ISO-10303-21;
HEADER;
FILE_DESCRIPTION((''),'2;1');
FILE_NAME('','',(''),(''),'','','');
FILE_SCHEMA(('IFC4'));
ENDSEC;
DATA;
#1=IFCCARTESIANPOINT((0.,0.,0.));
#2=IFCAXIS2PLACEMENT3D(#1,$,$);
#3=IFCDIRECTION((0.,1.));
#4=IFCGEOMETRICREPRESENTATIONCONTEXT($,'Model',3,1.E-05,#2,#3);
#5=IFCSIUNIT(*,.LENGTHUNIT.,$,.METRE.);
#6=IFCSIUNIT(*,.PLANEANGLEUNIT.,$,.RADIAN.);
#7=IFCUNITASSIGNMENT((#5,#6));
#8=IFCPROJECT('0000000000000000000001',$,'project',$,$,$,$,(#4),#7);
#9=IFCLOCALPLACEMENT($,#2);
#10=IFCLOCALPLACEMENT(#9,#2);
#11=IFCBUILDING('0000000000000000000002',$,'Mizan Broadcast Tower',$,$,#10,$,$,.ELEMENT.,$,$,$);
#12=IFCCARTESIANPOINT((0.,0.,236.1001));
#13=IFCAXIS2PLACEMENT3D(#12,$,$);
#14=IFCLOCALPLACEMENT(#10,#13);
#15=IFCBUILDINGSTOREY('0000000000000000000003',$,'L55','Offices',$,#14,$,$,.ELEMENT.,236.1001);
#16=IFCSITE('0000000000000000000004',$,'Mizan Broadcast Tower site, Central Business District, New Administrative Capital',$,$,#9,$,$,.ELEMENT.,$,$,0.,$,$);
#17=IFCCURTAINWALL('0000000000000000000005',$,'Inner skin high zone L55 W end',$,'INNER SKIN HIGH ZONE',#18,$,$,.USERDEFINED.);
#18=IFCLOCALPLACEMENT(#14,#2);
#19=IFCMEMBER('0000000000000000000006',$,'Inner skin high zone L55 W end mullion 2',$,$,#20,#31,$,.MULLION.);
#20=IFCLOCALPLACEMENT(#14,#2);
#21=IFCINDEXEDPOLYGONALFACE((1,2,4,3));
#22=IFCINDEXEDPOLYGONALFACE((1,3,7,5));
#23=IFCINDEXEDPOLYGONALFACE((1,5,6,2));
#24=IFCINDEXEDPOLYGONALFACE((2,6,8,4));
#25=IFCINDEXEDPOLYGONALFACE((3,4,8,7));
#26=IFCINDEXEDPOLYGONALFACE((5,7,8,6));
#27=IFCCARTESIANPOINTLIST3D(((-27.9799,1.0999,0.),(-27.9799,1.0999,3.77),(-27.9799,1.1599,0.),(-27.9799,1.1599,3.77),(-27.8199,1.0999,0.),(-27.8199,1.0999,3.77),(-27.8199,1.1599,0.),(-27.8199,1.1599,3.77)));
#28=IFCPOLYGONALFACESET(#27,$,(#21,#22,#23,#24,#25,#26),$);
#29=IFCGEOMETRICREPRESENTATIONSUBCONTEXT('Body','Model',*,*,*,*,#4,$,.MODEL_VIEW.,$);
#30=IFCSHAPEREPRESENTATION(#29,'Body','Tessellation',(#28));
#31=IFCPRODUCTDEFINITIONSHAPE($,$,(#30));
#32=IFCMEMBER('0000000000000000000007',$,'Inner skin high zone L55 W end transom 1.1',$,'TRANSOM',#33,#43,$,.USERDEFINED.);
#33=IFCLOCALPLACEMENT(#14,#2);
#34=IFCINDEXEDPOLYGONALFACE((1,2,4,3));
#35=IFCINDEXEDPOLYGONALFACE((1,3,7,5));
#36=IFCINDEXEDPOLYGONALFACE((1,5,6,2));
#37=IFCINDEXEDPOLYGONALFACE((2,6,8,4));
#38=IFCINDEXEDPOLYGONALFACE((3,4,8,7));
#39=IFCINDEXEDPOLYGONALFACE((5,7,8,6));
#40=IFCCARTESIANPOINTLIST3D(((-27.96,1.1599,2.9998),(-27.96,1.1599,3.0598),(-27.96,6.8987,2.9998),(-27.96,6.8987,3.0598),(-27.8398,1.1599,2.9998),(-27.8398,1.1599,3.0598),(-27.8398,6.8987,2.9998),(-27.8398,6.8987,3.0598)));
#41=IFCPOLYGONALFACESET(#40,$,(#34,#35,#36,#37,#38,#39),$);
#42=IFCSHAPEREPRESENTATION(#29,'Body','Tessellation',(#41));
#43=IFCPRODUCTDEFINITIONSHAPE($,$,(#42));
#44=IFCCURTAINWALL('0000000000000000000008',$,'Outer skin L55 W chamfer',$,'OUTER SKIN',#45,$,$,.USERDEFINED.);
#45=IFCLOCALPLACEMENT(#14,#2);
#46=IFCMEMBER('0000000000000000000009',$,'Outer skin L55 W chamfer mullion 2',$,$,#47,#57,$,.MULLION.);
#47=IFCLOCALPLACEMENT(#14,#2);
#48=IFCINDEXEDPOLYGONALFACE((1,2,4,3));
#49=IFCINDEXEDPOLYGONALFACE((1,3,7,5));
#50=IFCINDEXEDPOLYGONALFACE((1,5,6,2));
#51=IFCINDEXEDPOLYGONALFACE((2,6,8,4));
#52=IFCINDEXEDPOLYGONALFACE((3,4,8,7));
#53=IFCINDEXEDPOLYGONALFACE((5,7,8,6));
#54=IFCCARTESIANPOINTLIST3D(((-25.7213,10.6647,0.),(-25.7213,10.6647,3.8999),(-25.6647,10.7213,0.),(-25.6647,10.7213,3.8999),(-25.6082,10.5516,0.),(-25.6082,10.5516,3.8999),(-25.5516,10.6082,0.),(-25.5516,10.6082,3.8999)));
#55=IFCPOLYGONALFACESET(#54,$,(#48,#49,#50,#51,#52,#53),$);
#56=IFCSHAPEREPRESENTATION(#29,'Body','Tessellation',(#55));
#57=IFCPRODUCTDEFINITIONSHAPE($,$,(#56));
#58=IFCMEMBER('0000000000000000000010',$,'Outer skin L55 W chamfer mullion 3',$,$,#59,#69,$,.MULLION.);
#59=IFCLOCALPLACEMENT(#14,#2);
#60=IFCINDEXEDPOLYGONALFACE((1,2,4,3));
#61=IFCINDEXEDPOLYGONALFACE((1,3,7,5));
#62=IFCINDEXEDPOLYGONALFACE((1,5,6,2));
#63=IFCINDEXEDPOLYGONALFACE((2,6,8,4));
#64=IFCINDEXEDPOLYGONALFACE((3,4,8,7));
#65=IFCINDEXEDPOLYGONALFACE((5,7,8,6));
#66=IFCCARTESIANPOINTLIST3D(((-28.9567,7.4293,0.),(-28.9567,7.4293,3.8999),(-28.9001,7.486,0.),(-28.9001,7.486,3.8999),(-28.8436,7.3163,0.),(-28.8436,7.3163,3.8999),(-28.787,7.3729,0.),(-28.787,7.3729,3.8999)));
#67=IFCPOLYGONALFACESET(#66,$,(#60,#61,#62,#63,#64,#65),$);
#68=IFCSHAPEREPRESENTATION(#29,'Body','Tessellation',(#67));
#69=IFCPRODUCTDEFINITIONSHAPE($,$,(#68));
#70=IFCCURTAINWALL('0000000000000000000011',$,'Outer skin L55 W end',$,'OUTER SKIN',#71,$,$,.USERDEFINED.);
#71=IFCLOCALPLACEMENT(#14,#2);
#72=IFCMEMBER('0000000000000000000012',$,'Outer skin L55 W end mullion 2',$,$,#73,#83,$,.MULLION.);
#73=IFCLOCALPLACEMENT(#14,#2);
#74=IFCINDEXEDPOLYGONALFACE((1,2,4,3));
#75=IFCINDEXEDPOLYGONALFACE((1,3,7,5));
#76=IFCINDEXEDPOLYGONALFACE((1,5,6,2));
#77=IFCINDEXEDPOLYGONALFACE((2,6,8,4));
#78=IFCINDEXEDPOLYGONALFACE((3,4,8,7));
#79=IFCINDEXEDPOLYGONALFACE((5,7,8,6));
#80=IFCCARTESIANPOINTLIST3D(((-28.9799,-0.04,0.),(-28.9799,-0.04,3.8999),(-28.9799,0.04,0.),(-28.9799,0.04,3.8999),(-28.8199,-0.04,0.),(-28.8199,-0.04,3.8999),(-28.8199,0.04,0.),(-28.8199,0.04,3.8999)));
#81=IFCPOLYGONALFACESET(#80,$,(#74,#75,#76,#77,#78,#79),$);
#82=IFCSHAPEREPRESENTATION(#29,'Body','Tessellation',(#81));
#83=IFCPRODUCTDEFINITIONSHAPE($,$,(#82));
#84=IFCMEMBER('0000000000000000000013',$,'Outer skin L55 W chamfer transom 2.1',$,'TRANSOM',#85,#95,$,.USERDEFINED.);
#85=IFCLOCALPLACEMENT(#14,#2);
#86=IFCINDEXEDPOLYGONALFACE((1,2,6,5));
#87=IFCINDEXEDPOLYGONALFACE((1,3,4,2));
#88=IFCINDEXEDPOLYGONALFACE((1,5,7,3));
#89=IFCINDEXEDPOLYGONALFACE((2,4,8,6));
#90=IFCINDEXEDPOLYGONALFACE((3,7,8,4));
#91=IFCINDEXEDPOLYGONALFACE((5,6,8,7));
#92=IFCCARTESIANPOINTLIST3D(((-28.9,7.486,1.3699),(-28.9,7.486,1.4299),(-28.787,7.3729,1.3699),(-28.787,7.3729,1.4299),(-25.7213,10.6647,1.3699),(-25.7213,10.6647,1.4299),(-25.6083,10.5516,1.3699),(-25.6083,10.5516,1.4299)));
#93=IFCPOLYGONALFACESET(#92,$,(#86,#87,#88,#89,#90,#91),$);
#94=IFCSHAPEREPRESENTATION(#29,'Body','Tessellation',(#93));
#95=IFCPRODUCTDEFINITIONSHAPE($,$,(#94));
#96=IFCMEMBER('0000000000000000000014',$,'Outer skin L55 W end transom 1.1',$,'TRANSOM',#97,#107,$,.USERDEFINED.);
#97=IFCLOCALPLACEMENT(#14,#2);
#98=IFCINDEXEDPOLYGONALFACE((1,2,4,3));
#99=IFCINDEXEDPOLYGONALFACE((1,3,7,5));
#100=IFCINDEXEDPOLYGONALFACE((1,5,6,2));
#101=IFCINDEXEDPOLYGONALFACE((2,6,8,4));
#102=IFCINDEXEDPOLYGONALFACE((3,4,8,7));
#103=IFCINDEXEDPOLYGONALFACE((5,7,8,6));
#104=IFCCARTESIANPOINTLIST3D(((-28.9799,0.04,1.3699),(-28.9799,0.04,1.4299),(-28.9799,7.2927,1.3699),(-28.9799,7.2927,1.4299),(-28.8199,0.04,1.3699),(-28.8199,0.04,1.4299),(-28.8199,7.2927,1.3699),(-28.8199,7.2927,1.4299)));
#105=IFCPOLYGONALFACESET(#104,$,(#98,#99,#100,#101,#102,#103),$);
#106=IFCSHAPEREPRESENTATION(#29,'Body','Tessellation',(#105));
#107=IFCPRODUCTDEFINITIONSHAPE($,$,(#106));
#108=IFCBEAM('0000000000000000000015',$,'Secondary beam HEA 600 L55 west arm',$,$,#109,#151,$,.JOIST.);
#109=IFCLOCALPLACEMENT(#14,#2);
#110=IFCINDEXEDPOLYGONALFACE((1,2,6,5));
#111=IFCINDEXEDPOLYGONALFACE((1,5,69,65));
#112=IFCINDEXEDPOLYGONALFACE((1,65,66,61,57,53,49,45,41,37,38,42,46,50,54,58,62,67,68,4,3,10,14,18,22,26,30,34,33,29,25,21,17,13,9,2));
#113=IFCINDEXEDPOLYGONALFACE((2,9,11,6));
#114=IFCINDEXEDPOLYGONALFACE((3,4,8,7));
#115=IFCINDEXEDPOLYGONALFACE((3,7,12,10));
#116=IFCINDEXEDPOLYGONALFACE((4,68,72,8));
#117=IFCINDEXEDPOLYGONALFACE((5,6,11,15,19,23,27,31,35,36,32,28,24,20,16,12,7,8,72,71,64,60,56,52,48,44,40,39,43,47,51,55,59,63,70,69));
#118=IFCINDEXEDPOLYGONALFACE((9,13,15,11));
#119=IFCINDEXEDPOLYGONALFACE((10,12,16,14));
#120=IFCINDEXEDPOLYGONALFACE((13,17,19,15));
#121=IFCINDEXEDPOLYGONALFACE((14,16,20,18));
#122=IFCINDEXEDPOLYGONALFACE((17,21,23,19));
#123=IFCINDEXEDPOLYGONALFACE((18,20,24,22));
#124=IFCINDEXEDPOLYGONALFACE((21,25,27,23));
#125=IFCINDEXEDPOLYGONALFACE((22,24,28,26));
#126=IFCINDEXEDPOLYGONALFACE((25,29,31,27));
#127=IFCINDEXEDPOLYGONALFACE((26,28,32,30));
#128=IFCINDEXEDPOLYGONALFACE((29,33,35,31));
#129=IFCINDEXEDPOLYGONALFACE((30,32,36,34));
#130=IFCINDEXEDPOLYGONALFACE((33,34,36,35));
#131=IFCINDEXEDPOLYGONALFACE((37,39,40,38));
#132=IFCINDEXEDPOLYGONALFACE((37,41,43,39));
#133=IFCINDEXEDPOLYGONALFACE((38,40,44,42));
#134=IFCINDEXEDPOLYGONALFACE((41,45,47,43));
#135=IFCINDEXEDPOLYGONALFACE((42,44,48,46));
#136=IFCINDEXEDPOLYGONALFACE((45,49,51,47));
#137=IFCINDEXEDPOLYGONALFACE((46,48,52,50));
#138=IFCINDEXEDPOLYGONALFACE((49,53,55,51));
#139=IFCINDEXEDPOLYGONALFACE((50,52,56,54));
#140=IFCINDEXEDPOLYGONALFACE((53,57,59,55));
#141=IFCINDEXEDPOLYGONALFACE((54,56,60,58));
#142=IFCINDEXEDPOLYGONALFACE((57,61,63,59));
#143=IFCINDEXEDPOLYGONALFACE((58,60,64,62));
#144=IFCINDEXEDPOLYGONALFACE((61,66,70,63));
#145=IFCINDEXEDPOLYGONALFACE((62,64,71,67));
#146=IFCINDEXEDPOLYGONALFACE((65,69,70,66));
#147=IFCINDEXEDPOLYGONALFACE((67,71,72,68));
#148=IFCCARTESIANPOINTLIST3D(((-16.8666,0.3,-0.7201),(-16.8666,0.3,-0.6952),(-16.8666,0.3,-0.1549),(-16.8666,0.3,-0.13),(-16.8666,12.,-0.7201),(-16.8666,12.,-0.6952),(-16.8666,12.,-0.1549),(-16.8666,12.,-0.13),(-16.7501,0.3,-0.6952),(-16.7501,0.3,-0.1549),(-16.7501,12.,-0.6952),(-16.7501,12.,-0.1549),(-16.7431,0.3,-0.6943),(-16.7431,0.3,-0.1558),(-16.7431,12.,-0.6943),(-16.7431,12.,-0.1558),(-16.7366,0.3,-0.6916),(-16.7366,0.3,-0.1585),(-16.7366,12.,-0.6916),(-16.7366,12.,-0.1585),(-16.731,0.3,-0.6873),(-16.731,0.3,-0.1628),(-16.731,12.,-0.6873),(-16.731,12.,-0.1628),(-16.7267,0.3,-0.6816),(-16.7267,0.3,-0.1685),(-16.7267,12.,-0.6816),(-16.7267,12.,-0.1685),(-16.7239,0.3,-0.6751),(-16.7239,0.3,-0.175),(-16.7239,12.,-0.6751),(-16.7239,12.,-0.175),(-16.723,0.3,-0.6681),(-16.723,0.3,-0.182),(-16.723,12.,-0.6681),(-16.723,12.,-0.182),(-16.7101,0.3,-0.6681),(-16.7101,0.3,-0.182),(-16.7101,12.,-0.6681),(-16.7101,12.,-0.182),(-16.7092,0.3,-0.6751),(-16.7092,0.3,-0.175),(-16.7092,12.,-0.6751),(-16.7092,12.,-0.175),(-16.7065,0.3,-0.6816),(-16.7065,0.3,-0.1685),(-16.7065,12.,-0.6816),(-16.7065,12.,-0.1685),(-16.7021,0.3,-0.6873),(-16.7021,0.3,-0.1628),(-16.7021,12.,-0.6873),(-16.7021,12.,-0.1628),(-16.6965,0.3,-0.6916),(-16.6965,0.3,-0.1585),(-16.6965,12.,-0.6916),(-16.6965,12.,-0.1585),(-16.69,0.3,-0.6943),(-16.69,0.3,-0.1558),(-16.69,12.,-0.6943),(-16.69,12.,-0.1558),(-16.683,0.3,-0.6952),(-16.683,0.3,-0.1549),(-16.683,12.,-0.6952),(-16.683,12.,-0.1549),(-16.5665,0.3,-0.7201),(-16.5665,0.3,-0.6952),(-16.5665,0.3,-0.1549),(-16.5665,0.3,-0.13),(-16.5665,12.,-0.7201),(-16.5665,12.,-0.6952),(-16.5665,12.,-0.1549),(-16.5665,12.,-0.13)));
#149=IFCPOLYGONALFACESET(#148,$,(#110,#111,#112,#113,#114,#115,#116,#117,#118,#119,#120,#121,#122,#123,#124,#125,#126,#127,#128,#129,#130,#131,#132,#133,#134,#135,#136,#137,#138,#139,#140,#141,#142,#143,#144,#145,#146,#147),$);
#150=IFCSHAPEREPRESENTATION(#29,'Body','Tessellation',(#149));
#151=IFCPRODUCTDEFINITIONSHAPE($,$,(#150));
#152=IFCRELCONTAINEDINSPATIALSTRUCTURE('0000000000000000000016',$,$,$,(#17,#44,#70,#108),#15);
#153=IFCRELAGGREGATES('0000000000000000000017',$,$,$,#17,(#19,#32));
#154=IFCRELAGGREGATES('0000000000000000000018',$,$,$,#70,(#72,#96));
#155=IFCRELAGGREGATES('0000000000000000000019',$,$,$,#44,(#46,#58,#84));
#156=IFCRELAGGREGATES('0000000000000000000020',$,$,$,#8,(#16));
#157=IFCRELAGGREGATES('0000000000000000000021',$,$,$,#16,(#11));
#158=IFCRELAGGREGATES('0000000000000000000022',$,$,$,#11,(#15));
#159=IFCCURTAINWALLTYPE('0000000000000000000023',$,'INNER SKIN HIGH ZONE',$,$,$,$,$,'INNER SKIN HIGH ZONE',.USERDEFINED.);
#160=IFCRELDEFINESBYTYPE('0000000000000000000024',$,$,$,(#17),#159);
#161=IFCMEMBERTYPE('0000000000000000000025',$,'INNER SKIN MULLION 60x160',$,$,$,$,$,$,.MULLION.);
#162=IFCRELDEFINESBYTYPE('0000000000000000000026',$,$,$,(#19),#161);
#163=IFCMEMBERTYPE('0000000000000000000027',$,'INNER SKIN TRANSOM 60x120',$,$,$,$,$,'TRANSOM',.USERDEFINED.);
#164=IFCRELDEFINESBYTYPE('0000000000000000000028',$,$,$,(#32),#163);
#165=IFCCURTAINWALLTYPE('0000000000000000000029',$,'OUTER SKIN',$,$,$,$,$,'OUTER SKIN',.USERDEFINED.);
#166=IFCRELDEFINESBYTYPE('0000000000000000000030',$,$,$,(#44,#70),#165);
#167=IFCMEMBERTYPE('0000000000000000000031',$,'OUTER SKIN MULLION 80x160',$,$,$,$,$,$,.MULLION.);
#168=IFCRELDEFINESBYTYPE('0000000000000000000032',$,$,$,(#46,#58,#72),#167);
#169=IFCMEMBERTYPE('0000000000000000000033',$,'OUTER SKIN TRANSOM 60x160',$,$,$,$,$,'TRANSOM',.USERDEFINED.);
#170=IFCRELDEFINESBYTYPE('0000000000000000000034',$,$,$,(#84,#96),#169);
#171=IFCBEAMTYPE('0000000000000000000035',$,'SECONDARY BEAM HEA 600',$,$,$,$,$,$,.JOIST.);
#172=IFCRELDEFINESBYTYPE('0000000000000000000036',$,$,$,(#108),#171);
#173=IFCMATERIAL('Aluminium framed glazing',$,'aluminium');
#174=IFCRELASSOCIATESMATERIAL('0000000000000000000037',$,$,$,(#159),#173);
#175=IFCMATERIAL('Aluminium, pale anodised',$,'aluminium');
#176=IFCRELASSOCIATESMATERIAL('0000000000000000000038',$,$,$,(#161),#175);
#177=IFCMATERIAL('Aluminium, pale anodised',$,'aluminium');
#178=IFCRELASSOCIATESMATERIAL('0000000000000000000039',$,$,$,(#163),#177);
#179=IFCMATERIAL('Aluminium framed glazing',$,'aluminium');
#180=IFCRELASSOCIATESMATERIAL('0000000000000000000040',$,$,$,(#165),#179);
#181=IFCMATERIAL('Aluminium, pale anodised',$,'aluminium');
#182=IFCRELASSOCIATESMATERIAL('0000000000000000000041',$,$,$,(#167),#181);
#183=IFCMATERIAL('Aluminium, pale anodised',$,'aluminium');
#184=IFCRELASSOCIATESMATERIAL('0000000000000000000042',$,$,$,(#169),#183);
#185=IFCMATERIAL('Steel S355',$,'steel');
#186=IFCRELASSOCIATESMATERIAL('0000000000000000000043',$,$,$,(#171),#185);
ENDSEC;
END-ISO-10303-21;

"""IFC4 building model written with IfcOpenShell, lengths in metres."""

from ifc_helpers import new_model, si_unit, direction, frame, origin, origin_2d, place, context, subcontext, project, spatial, rectangle, i_section, extrude, material, material_profile, profile_set, type_object, element, aggregate, save


model = new_model("IFC4")

# Units and contexts
model_context = context("Model", 3, precision=1e-05, world=origin(), true_north=direction((0.0, 1.0)))
body_context = subcontext(model_context, "Body", "Model", "MODEL_VIEW")
ifc_project = project(units=[si_unit("LENGTHUNIT", "METRE"), si_unit("PLANEANGLEUNIT", "RADIAN")], contexts=[model_context])

# Site, building, storey
site_placement = place(None, origin())
site = spatial("IfcSite", under=ifc_project, at=site_placement, Name="Mizan Broadcast Tower site, Central Business District, New Administrative Capital", CompositionType="ELEMENT", RefElevation=0.0)
building_placement = place(site_placement, origin())
building = spatial("IfcBuilding", under=site, at=building_placement, Name="Mizan Broadcast Tower", CompositionType="ELEMENT")
storey_placement = place(building_placement, frame((0.0, 0.0, 236.1001)))
storey = spatial("IfcBuildingStorey", under=building, at=storey_placement, Name="L55", Description="Offices", CompositionType="ELEMENT", Elevation=236.1001)

# Shared definitions
ifc_material_1 = material(Name="Aluminium framed glazing", Category="aluminium")
curtain_wall_type_1 = type_object("IfcCurtainWallType", Name="INNER SKIN HIGH ZONE", ElementType="INNER SKIN HIGH ZONE", PredefinedType="USERDEFINED", material=ifc_material_1)
ifc_material_2 = material(Name="Aluminium, pale anodised", Category="aluminium")
ifc_material_profile_1 = material_profile(ifc_material_2, rectangle(XDim=0.1599, YDim=0.0601, at=origin_2d()), Name="MULLION 160x60")
ifc_profile_set_1 = profile_set([ifc_material_profile_1], Name="Aluminium, pale anodised")
member_type_1 = type_object("IfcMemberType", Name="INNER SKIN MULLION 60x160", PredefinedType="MULLION", material=ifc_profile_set_1)

# Curtain walls, members
curtain_wall_1_placement = place(storey_placement, origin())
curtain_wall_1 = element("IfcCurtainWall", 1, at=curtain_wall_1_placement, inside=storey, type_object=curtain_wall_type_1, Name="Inner skin high zone L55 W end", ObjectType="INNER SKIN HIGH ZONE", PredefinedType="USERDEFINED")
member_1_placement = place(storey_placement, frame((-27.8999, 1.1299, 0.0), z_axis=(0.0, 0.0, 1.0), x_axis=(1.0, 0.0, 0.0)))
member_1 = element("IfcMember", 2, at=member_1_placement, type_object=member_type_1, Name="Inner skin high zone L55 W end mullion 2", PredefinedType="MULLION", context=body_context, shape_type="SweptSolid", body=[
    extrude(rectangle(XDim=0.1599, YDim=0.0601, at=origin_2d()), origin(), (0.0, 0.0, 1.0), 3.77),
])
ifc_material_3 = material(Name="Aluminium, pale anodised", Category="aluminium")
ifc_material_profile_2 = material_profile(ifc_material_3, rectangle(XDim=0.1201, YDim=0.0601, at=origin_2d()), Name="TRANSOM 120x60")
ifc_profile_set_2 = profile_set([ifc_material_profile_2], Name="Aluminium, pale anodised")
member_type_2 = type_object("IfcMemberType", Name="INNER SKIN TRANSOM 60x120", ElementType="TRANSOM", PredefinedType="USERDEFINED", material=ifc_profile_set_2)
member_2_placement = place(storey_placement, frame((-27.8999, 6.8987, 3.0298), z_axis=(0.0, -1.0, 0.0), x_axis=(1.0, 0.0, 0.0)))
member_2 = element("IfcMember", 3, at=member_2_placement, type_object=member_type_2, Name="Inner skin high zone L55 W end transom 1.1", ObjectType="TRANSOM", PredefinedType="USERDEFINED", context=body_context, shape_type="SweptSolid", body=[
    extrude(rectangle(XDim=0.1201, YDim=0.0601, at=origin_2d()), origin(), (0.0, 0.0, 1.0), 5.7388),
])
ifc_material_4 = material(Name="Aluminium framed glazing", Category="aluminium")
curtain_wall_type_2 = type_object("IfcCurtainWallType", Name="OUTER SKIN", ElementType="OUTER SKIN", PredefinedType="USERDEFINED", material=ifc_material_4)
curtain_wall_2_placement = place(storey_placement, origin())
curtain_wall_2 = element("IfcCurtainWall", 4, at=curtain_wall_2_placement, inside=storey, type_object=curtain_wall_type_2, Name="Outer skin L55 W chamfer", ObjectType="OUTER SKIN", PredefinedType="USERDEFINED")
ifc_material_5 = material(Name="Aluminium, pale anodised", Category="aluminium")
ifc_material_profile_3 = material_profile(ifc_material_5, rectangle(XDim=0.1599, YDim=0.0801, at=origin_2d()), Name="MULLION 160x80")
ifc_profile_set_3 = profile_set([ifc_material_profile_3], Name="Aluminium, pale anodised")
member_type_3 = type_object("IfcMemberType", Name="OUTER SKIN MULLION 80x160", PredefinedType="MULLION", material=ifc_profile_set_3)
member_3_placement = place(storey_placement, frame((-25.6365, 10.6365, 0.0), z_axis=(0.0, 0.0, 1.0), x_axis=(0.707107, -0.707107, 0.0)))
member_3 = element("IfcMember", 5, at=member_3_placement, type_object=member_type_3, Name="Outer skin L55 W chamfer mullion 2", PredefinedType="MULLION", context=body_context, shape_type="SweptSolid", body=[
    extrude(rectangle(XDim=0.1599, YDim=0.0801, at=origin_2d()), origin(), (0.0, 0.0, 1.0), 3.8999),
])
member_4_placement = place(storey_placement, frame((-28.8718, 7.4011, 0.0), z_axis=(0.0, 0.0, 1.0), x_axis=(0.707107, -0.707107, 0.0)))
member_4 = element("IfcMember", 6, at=member_4_placement, type_object=member_type_3, Name="Outer skin L55 W chamfer mullion 3", PredefinedType="MULLION", context=body_context, shape_type="SweptSolid", body=[
    extrude(rectangle(XDim=0.1599, YDim=0.0801, at=origin_2d()), origin(), (0.0, 0.0, 1.0), 3.8999),
])

# Curtain wall, member
curtain_wall_3_placement = place(storey_placement, origin())
curtain_wall_3 = element("IfcCurtainWall", 7, at=curtain_wall_3_placement, inside=storey, type_object=curtain_wall_type_2, Name="Outer skin L55 W end", ObjectType="OUTER SKIN", PredefinedType="USERDEFINED")
member_5_placement = place(storey_placement, frame((-28.8999, 0.0, 0.0), z_axis=(0.0, 0.0, 1.0), x_axis=(1.0, 0.0, 0.0)))
member_5 = element("IfcMember", 8, at=member_5_placement, type_object=member_type_3, Name="Outer skin L55 W end mullion 2", PredefinedType="MULLION", context=body_context, shape_type="SweptSolid", body=[
    extrude(rectangle(XDim=0.1599, YDim=0.0801, at=origin_2d()), origin(), (0.0, 0.0, 1.0), 3.8999),
])

# Members
ifc_material_6 = material(Name="Aluminium, pale anodised", Category="aluminium")
ifc_material_profile_4 = material_profile(ifc_material_6, rectangle(XDim=0.1599, YDim=0.0601, at=origin_2d()), Name="TRANSOM 160x60")
ifc_profile_set_4 = profile_set([ifc_material_profile_4], Name="Aluminium, pale anodised")
member_type_4 = type_object("IfcMemberType", Name="OUTER SKIN TRANSOM 60x160", ElementType="TRANSOM", PredefinedType="USERDEFINED", material=ifc_profile_set_4)
member_6_placement = place(storey_placement, frame((-25.6648, 10.6082, 1.3999), z_axis=(-0.707107, -0.707107, 0.0), x_axis=(0.707107, -0.707107, 0.0)))
member_6 = element("IfcMember", 9, at=member_6_placement, type_object=member_type_4, Name="Outer skin L55 W chamfer transom 2.1", ObjectType="TRANSOM", PredefinedType="USERDEFINED", context=body_context, shape_type="SweptSolid", body=[
    extrude(rectangle(XDim=0.1599, YDim=0.0601, at=origin_2d()), origin(), (0.0, 0.0, 1.0), 4.4954),
])
member_7_placement = place(storey_placement, frame((-28.8999, 7.2927, 1.3999), z_axis=(0.0, -1.0, 0.0), x_axis=(1.0, 0.0, 0.0)))
member_7 = element("IfcMember", 10, at=member_7_placement, type_object=member_type_4, Name="Outer skin L55 W end transom 1.1", ObjectType="TRANSOM", PredefinedType="USERDEFINED", context=body_context, shape_type="SweptSolid", body=[
    extrude(rectangle(XDim=0.1599, YDim=0.0601, at=origin_2d()), origin(), (0.0, 0.0, 1.0), 7.2527),
])

# Beam
ifc_material_7 = material(Name="Steel S355", Category="steel")
ifc_material_profile_5 = material_profile(ifc_material_7, i_section(OverallWidth=0.3, OverallDepth=0.5901, WebThickness=0.0129, FlangeThickness=0.0249, FilletRadius=0.0271, at=origin_2d()), Name="HEA 600")
ifc_profile_set_5 = profile_set([ifc_material_profile_5], Name="Steel S355")
beam_type_1 = type_object("IfcBeamType", Name="SECONDARY BEAM HEA 600", PredefinedType="JOIST", material=ifc_profile_set_5)
beam_1_placement = place(storey_placement, frame((-16.7166, 12.0, -0.425), z_axis=(0.0, -1.0, 0.0), x_axis=(1.0, 0.0, 0.0)))
element("IfcBeam", 11, at=beam_1_placement, inside=storey, type_object=beam_type_1, Name="Secondary beam HEA 600 L55 west arm", PredefinedType="JOIST", context=body_context, shape_type="SweptSolid", body=[
    extrude(i_section(OverallWidth=0.3, OverallDepth=0.5901, WebThickness=0.0129, FlangeThickness=0.0249, FilletRadius=0.0271, at=origin_2d()), origin(), (0.0, 0.0, 1.0), 11.7),
])

aggregate(curtain_wall_1, [member_1, member_2])
aggregate(curtain_wall_3, [member_5, member_7])
aggregate(curtain_wall_2, [member_3, member_4, member_6])

save(model, "model.ifc")
